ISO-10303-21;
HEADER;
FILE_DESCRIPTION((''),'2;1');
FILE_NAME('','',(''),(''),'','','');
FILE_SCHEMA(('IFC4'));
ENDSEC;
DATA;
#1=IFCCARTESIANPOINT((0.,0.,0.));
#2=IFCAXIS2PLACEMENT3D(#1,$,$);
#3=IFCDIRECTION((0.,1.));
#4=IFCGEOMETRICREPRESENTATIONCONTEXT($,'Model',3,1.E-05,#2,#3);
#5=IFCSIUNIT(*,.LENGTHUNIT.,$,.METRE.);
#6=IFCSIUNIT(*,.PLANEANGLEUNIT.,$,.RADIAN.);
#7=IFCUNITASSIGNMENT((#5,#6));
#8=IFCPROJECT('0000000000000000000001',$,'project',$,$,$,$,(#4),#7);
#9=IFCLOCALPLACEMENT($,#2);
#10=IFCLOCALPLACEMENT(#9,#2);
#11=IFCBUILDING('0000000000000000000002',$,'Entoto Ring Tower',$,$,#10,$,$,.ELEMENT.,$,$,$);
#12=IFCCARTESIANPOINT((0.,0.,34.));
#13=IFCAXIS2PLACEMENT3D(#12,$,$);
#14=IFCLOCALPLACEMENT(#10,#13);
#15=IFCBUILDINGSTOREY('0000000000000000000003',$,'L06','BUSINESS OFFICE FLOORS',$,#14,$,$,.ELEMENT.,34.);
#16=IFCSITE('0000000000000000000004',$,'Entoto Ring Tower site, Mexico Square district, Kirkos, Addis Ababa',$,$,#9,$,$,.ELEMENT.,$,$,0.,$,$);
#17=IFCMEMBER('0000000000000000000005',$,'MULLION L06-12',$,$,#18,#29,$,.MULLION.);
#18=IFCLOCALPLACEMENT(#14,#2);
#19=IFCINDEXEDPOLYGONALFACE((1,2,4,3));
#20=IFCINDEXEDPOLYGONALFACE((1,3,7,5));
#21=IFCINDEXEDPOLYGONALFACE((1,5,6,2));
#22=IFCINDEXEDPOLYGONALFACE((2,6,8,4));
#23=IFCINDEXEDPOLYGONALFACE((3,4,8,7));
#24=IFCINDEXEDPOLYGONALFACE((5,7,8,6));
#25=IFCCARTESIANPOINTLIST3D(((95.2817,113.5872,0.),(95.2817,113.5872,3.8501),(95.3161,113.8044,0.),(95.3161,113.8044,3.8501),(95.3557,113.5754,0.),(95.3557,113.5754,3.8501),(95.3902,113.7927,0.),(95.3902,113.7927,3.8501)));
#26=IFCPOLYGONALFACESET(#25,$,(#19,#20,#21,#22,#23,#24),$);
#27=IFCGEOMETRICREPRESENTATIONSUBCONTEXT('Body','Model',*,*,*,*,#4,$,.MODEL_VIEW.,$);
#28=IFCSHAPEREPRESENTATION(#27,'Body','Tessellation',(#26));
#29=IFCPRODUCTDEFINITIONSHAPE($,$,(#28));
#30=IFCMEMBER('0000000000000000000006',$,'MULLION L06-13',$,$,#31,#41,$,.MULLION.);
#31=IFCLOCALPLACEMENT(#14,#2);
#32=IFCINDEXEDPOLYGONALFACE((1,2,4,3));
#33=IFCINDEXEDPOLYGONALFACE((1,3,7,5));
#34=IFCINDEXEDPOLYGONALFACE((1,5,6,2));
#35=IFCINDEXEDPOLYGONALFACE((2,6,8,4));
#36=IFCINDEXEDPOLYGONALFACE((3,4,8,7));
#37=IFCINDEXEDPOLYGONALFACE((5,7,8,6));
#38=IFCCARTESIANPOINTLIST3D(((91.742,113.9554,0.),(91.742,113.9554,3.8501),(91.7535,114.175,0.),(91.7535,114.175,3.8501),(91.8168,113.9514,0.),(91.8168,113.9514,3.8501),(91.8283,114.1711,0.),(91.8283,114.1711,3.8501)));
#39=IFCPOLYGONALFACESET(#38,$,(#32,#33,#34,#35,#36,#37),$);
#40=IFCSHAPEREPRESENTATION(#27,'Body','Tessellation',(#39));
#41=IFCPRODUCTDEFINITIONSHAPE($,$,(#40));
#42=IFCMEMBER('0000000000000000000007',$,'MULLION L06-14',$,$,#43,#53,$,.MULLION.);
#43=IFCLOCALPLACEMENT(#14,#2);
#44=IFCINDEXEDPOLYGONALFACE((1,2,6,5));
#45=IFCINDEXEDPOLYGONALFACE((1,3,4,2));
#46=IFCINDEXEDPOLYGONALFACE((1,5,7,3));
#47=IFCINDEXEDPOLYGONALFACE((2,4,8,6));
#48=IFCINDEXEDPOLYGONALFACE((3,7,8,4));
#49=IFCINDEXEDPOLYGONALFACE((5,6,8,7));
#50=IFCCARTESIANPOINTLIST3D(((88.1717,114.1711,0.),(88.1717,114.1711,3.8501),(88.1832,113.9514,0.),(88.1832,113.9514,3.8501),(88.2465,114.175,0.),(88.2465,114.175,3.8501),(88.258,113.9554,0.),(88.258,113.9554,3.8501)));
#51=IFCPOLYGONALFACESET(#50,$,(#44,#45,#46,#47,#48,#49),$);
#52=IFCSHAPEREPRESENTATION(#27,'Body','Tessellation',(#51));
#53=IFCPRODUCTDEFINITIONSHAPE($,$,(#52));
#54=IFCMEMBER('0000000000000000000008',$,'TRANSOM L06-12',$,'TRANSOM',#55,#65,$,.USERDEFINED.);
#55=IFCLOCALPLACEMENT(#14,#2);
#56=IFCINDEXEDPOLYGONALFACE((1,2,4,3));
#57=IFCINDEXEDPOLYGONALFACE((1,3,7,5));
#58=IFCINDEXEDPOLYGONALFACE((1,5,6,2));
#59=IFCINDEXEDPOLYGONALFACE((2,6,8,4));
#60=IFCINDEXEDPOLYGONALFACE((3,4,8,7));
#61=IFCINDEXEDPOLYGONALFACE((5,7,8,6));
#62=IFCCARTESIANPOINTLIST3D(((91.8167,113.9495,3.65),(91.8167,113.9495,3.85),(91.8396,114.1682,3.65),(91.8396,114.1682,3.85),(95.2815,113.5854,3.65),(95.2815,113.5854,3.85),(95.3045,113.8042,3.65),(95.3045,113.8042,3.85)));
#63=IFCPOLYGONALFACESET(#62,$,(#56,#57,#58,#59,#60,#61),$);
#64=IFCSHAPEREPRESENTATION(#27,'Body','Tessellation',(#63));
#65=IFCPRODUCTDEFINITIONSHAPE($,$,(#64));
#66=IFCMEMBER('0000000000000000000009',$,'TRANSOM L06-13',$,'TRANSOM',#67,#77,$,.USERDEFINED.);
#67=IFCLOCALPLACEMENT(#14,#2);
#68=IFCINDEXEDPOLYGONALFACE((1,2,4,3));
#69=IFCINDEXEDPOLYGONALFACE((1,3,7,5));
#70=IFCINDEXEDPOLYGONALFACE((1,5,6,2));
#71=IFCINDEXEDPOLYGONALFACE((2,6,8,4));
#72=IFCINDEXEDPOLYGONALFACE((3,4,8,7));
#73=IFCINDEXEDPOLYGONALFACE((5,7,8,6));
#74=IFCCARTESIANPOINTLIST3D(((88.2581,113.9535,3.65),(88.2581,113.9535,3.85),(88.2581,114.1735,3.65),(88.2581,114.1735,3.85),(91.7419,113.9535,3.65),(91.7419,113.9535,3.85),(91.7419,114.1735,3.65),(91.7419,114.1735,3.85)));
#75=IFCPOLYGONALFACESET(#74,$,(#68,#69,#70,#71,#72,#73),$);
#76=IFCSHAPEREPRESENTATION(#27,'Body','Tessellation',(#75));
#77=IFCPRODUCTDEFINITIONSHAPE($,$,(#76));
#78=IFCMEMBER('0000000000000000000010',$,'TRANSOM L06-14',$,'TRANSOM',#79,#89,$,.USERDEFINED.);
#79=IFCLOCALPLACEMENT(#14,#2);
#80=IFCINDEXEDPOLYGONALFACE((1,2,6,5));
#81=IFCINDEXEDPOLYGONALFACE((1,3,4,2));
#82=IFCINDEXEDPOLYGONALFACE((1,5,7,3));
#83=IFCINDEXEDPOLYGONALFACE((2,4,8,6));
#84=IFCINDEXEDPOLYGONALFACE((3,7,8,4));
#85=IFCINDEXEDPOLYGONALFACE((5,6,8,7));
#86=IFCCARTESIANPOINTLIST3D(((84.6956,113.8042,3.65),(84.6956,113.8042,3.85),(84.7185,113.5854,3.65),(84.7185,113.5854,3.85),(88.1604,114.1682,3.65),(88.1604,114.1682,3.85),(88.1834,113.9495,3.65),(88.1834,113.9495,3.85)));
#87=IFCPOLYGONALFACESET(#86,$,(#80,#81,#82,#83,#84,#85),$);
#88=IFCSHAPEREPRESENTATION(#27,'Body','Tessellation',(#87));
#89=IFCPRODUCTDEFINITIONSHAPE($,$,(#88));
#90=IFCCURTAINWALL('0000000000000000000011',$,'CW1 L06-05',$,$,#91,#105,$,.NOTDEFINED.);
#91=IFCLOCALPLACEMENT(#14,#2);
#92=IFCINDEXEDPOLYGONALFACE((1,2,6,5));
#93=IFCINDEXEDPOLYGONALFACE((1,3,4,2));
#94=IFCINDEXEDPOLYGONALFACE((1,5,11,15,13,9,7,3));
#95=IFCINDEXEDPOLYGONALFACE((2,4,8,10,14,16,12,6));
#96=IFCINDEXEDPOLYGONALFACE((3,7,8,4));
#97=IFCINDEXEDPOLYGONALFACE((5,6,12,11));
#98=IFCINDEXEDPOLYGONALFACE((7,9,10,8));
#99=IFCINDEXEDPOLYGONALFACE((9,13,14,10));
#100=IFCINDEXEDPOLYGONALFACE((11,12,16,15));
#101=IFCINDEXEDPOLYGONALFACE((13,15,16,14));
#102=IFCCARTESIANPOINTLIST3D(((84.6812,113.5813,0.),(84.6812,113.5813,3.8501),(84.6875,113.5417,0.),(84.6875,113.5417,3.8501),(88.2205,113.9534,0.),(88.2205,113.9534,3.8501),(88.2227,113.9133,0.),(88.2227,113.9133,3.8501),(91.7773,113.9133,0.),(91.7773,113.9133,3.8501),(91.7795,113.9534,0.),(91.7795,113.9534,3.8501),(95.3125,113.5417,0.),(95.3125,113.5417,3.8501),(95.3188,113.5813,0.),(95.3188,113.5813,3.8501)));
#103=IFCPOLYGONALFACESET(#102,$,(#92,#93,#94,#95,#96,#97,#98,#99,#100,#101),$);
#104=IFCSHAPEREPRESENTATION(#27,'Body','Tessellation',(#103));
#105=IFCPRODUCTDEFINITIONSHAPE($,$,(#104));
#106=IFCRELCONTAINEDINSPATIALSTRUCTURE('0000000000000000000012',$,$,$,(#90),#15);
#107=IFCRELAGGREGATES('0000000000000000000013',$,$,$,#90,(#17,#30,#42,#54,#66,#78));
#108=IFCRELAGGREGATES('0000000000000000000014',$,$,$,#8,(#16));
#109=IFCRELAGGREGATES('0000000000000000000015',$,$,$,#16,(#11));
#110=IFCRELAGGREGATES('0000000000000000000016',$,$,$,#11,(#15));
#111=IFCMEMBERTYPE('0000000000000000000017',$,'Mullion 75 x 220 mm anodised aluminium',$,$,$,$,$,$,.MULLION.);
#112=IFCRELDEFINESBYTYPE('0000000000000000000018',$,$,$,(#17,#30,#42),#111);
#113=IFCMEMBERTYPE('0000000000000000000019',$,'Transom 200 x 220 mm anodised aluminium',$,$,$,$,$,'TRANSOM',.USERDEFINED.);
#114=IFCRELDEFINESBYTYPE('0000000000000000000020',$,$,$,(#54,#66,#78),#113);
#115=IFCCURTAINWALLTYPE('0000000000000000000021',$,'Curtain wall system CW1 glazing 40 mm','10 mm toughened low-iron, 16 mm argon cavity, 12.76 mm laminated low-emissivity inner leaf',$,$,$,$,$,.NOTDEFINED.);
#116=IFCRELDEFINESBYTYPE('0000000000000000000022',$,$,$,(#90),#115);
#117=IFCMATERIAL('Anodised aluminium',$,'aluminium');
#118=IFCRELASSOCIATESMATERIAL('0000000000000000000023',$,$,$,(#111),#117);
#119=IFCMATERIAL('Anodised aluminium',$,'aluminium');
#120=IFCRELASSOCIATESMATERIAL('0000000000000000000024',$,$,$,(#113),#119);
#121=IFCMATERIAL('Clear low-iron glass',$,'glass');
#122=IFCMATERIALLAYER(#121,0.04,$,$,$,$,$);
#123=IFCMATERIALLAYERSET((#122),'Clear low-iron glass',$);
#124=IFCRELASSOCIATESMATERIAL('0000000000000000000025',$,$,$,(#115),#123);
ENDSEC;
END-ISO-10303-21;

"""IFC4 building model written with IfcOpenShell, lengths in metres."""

from ifc_helpers import new_model, si_unit, direction, frame, origin, origin_2d, place, context, subcontext, project, spatial, polyline, rectangle, outline, extrude, material, layer, layer_set, material_profile, profile_set, type_object, element, aggregate, save


model = new_model("IFC4")

# Units and contexts
model_context = context("Model", 3, precision=1e-05, world=origin(), true_north=direction((0.0, 1.0)))
body_context = subcontext(model_context, "Body", "Model", "MODEL_VIEW")
ifc_project = project(units=[si_unit("LENGTHUNIT", "METRE"), si_unit("PLANEANGLEUNIT", "RADIAN")], contexts=[model_context])

# Members
ifc_material_1 = material(Name="Anodised aluminium", Category="aluminium")
ifc_material_profile_1 = material_profile(ifc_material_1, rectangle(XDim=0.075, YDim=0.22, at=origin_2d()), Name="Mullion 75 x 220 mm anodised aluminium")
ifc_profile_set_1 = profile_set([ifc_material_profile_1], Name="Anodised aluminium")
member_type_1 = type_object("IfcMemberType", Name="Mullion 75 x 220 mm anodised aluminium", PredefinedType="MULLION", material=ifc_profile_set_1)
site_placement = place(None, origin())
building_placement = place(site_placement, origin())
storey_placement = place(building_placement, frame((0.0, 0.0, 34.0)))
member_1_placement = place(storey_placement, frame((95.3359, 113.6899, 0.0), z_axis=(0.0, 0.0, 1.0), x_axis=(-0.987688, 0.156434, 0.0)))
member_1 = element("IfcMember", 1, at=member_1_placement, type_object=member_type_1, Name="MULLION L06-12", PredefinedType="MULLION", context=body_context, shape_type="SweptSolid", body=[
    extrude(rectangle(XDim=0.075, YDim=0.22, at=origin_2d()), origin(), (0.0, 0.0, 1.0), 3.8501),
])
member_2_placement = place(storey_placement, frame((91.7852, 114.0632, 0.0), z_axis=(0.0, 0.0, 1.0), x_axis=(-0.99863, 0.052336, 0.0)))
member_2 = element("IfcMember", 2, at=member_2_placement, type_object=member_type_1, Name="MULLION L06-13", PredefinedType="MULLION", context=body_context, shape_type="SweptSolid", body=[
    extrude(rectangle(XDim=0.075, YDim=0.22, at=origin_2d()), origin(), (0.0, 0.0, 1.0), 3.8501),
])
member_3_placement = place(storey_placement, frame((88.2148, 114.0632, 0.0), z_axis=(0.0, 0.0, 1.0), x_axis=(-0.99863, -0.052336, 0.0)))
member_3 = element("IfcMember", 3, at=member_3_placement, type_object=member_type_1, Name="MULLION L06-14", PredefinedType="MULLION", context=body_context, shape_type="SweptSolid", body=[
    extrude(rectangle(XDim=0.075, YDim=0.22, at=origin_2d()), origin(), (0.0, 0.0, 1.0), 3.8501),
])
ifc_material_2 = material(Name="Anodised aluminium", Category="aluminium")
ifc_material_profile_2 = material_profile(ifc_material_2, rectangle(XDim=0.22, YDim=0.2, at=origin_2d()), Name="Transom 200 x 220 mm anodised aluminium")
ifc_profile_set_2 = profile_set([ifc_material_profile_2], Name="Anodised aluminium")
member_type_2 = type_object("IfcMemberType", Name="Transom 200 x 220 mm anodised aluminium", ElementType="TRANSOM", PredefinedType="USERDEFINED", material=ifc_profile_set_2)
member_4_placement = place(storey_placement, frame((95.293, 113.6948, 3.75), z_axis=(-0.994527, 0.104484, 0.0), x_axis=(-0.104484, -0.994527, 0.0)))
member_4 = element("IfcMember", 4, at=member_4_placement, type_object=member_type_2, Name="TRANSOM L06-12", ObjectType="TRANSOM", PredefinedType="USERDEFINED", context=body_context, shape_type="SweptSolid", body=[
    extrude(rectangle(XDim=0.22, YDim=0.2, at=origin_2d()), origin(), (0.0, 0.0, 1.0), 3.4839),
])
member_5_placement = place(storey_placement, frame((91.7419, 114.0635, 3.75), z_axis=(-1.0, 0.0, 0.0), x_axis=(0.0, -1.0, 0.0)))
member_5 = element("IfcMember", 5, at=member_5_placement, type_object=member_type_2, Name="TRANSOM L06-13", ObjectType="TRANSOM", PredefinedType="USERDEFINED", context=body_context, shape_type="SweptSolid", body=[
    extrude(rectangle(XDim=0.22, YDim=0.2, at=origin_2d()), origin(), (0.0, 0.0, 1.0), 3.4839),
])
member_6_placement = place(storey_placement, frame((88.1719, 114.0588, 3.75), z_axis=(-0.994527, -0.104484, 0.0), x_axis=(0.104484, -0.994527, 0.0)))
member_6 = element("IfcMember", 6, at=member_6_placement, type_object=member_type_2, Name="TRANSOM L06-14", ObjectType="TRANSOM", PredefinedType="USERDEFINED", context=body_context, shape_type="SweptSolid", body=[
    extrude(rectangle(XDim=0.22, YDim=0.2, at=origin_2d()), origin(), (0.0, 0.0, 1.0), 3.4839),
])

# Site, building, storey
site = spatial("IfcSite", under=ifc_project, at=site_placement, Name="Entoto Ring Tower site, Mexico Square district, Kirkos, Addis Ababa", CompositionType="ELEMENT", RefElevation=0.0)
building = spatial("IfcBuilding", under=site, at=building_placement, Name="Entoto Ring Tower", CompositionType="ELEMENT")
storey = spatial("IfcBuildingStorey", under=building, at=storey_placement, Name="L06", Description="BUSINESS OFFICE FLOORS", CompositionType="ELEMENT", Elevation=34.0)

# Curtain wall
ifc_material_3 = material(Name="Clear low-iron glass", Category="glass")
ifc_layer = layer(ifc_material_3, 0.04)
ifc_layer_set = layer_set([ifc_layer], Name="Clear low-iron glass")
curtain_wall_type = type_object("IfcCurtainWallType", Name="Curtain wall system CW1 glazing 40 mm", Description="10 mm toughened low-iron, 16 mm argon cavity, 12.76 mm laminated low-emissivity inner leaf", PredefinedType="NOTDEFINED", material=ifc_layer_set)
curtain_wall_1_placement = place(storey_placement, origin())
curtain_wall_1 = element("IfcCurtainWall", 7, at=curtain_wall_1_placement, inside=storey, type_object=curtain_wall_type, Name="CW1 L06-05", PredefinedType="NOTDEFINED", context=body_context, shape_type="SweptSolid", body=[
    extrude(outline(polyline([(95.3188, 113.5813), (91.7795, 113.9534), (88.2205, 113.9534), (84.6812, 113.5813), (84.6875, 113.5417), (88.2227, 113.9133), (91.7773, 113.9133), (95.3125, 113.5417), (95.3188, 113.5813)])), origin(), (0.0, 0.0, 1.0), 3.8501),
])
aggregate(curtain_wall_1, [member_1, member_2, member_3, member_4, member_5, member_6])

save(model, "model.ifc")
